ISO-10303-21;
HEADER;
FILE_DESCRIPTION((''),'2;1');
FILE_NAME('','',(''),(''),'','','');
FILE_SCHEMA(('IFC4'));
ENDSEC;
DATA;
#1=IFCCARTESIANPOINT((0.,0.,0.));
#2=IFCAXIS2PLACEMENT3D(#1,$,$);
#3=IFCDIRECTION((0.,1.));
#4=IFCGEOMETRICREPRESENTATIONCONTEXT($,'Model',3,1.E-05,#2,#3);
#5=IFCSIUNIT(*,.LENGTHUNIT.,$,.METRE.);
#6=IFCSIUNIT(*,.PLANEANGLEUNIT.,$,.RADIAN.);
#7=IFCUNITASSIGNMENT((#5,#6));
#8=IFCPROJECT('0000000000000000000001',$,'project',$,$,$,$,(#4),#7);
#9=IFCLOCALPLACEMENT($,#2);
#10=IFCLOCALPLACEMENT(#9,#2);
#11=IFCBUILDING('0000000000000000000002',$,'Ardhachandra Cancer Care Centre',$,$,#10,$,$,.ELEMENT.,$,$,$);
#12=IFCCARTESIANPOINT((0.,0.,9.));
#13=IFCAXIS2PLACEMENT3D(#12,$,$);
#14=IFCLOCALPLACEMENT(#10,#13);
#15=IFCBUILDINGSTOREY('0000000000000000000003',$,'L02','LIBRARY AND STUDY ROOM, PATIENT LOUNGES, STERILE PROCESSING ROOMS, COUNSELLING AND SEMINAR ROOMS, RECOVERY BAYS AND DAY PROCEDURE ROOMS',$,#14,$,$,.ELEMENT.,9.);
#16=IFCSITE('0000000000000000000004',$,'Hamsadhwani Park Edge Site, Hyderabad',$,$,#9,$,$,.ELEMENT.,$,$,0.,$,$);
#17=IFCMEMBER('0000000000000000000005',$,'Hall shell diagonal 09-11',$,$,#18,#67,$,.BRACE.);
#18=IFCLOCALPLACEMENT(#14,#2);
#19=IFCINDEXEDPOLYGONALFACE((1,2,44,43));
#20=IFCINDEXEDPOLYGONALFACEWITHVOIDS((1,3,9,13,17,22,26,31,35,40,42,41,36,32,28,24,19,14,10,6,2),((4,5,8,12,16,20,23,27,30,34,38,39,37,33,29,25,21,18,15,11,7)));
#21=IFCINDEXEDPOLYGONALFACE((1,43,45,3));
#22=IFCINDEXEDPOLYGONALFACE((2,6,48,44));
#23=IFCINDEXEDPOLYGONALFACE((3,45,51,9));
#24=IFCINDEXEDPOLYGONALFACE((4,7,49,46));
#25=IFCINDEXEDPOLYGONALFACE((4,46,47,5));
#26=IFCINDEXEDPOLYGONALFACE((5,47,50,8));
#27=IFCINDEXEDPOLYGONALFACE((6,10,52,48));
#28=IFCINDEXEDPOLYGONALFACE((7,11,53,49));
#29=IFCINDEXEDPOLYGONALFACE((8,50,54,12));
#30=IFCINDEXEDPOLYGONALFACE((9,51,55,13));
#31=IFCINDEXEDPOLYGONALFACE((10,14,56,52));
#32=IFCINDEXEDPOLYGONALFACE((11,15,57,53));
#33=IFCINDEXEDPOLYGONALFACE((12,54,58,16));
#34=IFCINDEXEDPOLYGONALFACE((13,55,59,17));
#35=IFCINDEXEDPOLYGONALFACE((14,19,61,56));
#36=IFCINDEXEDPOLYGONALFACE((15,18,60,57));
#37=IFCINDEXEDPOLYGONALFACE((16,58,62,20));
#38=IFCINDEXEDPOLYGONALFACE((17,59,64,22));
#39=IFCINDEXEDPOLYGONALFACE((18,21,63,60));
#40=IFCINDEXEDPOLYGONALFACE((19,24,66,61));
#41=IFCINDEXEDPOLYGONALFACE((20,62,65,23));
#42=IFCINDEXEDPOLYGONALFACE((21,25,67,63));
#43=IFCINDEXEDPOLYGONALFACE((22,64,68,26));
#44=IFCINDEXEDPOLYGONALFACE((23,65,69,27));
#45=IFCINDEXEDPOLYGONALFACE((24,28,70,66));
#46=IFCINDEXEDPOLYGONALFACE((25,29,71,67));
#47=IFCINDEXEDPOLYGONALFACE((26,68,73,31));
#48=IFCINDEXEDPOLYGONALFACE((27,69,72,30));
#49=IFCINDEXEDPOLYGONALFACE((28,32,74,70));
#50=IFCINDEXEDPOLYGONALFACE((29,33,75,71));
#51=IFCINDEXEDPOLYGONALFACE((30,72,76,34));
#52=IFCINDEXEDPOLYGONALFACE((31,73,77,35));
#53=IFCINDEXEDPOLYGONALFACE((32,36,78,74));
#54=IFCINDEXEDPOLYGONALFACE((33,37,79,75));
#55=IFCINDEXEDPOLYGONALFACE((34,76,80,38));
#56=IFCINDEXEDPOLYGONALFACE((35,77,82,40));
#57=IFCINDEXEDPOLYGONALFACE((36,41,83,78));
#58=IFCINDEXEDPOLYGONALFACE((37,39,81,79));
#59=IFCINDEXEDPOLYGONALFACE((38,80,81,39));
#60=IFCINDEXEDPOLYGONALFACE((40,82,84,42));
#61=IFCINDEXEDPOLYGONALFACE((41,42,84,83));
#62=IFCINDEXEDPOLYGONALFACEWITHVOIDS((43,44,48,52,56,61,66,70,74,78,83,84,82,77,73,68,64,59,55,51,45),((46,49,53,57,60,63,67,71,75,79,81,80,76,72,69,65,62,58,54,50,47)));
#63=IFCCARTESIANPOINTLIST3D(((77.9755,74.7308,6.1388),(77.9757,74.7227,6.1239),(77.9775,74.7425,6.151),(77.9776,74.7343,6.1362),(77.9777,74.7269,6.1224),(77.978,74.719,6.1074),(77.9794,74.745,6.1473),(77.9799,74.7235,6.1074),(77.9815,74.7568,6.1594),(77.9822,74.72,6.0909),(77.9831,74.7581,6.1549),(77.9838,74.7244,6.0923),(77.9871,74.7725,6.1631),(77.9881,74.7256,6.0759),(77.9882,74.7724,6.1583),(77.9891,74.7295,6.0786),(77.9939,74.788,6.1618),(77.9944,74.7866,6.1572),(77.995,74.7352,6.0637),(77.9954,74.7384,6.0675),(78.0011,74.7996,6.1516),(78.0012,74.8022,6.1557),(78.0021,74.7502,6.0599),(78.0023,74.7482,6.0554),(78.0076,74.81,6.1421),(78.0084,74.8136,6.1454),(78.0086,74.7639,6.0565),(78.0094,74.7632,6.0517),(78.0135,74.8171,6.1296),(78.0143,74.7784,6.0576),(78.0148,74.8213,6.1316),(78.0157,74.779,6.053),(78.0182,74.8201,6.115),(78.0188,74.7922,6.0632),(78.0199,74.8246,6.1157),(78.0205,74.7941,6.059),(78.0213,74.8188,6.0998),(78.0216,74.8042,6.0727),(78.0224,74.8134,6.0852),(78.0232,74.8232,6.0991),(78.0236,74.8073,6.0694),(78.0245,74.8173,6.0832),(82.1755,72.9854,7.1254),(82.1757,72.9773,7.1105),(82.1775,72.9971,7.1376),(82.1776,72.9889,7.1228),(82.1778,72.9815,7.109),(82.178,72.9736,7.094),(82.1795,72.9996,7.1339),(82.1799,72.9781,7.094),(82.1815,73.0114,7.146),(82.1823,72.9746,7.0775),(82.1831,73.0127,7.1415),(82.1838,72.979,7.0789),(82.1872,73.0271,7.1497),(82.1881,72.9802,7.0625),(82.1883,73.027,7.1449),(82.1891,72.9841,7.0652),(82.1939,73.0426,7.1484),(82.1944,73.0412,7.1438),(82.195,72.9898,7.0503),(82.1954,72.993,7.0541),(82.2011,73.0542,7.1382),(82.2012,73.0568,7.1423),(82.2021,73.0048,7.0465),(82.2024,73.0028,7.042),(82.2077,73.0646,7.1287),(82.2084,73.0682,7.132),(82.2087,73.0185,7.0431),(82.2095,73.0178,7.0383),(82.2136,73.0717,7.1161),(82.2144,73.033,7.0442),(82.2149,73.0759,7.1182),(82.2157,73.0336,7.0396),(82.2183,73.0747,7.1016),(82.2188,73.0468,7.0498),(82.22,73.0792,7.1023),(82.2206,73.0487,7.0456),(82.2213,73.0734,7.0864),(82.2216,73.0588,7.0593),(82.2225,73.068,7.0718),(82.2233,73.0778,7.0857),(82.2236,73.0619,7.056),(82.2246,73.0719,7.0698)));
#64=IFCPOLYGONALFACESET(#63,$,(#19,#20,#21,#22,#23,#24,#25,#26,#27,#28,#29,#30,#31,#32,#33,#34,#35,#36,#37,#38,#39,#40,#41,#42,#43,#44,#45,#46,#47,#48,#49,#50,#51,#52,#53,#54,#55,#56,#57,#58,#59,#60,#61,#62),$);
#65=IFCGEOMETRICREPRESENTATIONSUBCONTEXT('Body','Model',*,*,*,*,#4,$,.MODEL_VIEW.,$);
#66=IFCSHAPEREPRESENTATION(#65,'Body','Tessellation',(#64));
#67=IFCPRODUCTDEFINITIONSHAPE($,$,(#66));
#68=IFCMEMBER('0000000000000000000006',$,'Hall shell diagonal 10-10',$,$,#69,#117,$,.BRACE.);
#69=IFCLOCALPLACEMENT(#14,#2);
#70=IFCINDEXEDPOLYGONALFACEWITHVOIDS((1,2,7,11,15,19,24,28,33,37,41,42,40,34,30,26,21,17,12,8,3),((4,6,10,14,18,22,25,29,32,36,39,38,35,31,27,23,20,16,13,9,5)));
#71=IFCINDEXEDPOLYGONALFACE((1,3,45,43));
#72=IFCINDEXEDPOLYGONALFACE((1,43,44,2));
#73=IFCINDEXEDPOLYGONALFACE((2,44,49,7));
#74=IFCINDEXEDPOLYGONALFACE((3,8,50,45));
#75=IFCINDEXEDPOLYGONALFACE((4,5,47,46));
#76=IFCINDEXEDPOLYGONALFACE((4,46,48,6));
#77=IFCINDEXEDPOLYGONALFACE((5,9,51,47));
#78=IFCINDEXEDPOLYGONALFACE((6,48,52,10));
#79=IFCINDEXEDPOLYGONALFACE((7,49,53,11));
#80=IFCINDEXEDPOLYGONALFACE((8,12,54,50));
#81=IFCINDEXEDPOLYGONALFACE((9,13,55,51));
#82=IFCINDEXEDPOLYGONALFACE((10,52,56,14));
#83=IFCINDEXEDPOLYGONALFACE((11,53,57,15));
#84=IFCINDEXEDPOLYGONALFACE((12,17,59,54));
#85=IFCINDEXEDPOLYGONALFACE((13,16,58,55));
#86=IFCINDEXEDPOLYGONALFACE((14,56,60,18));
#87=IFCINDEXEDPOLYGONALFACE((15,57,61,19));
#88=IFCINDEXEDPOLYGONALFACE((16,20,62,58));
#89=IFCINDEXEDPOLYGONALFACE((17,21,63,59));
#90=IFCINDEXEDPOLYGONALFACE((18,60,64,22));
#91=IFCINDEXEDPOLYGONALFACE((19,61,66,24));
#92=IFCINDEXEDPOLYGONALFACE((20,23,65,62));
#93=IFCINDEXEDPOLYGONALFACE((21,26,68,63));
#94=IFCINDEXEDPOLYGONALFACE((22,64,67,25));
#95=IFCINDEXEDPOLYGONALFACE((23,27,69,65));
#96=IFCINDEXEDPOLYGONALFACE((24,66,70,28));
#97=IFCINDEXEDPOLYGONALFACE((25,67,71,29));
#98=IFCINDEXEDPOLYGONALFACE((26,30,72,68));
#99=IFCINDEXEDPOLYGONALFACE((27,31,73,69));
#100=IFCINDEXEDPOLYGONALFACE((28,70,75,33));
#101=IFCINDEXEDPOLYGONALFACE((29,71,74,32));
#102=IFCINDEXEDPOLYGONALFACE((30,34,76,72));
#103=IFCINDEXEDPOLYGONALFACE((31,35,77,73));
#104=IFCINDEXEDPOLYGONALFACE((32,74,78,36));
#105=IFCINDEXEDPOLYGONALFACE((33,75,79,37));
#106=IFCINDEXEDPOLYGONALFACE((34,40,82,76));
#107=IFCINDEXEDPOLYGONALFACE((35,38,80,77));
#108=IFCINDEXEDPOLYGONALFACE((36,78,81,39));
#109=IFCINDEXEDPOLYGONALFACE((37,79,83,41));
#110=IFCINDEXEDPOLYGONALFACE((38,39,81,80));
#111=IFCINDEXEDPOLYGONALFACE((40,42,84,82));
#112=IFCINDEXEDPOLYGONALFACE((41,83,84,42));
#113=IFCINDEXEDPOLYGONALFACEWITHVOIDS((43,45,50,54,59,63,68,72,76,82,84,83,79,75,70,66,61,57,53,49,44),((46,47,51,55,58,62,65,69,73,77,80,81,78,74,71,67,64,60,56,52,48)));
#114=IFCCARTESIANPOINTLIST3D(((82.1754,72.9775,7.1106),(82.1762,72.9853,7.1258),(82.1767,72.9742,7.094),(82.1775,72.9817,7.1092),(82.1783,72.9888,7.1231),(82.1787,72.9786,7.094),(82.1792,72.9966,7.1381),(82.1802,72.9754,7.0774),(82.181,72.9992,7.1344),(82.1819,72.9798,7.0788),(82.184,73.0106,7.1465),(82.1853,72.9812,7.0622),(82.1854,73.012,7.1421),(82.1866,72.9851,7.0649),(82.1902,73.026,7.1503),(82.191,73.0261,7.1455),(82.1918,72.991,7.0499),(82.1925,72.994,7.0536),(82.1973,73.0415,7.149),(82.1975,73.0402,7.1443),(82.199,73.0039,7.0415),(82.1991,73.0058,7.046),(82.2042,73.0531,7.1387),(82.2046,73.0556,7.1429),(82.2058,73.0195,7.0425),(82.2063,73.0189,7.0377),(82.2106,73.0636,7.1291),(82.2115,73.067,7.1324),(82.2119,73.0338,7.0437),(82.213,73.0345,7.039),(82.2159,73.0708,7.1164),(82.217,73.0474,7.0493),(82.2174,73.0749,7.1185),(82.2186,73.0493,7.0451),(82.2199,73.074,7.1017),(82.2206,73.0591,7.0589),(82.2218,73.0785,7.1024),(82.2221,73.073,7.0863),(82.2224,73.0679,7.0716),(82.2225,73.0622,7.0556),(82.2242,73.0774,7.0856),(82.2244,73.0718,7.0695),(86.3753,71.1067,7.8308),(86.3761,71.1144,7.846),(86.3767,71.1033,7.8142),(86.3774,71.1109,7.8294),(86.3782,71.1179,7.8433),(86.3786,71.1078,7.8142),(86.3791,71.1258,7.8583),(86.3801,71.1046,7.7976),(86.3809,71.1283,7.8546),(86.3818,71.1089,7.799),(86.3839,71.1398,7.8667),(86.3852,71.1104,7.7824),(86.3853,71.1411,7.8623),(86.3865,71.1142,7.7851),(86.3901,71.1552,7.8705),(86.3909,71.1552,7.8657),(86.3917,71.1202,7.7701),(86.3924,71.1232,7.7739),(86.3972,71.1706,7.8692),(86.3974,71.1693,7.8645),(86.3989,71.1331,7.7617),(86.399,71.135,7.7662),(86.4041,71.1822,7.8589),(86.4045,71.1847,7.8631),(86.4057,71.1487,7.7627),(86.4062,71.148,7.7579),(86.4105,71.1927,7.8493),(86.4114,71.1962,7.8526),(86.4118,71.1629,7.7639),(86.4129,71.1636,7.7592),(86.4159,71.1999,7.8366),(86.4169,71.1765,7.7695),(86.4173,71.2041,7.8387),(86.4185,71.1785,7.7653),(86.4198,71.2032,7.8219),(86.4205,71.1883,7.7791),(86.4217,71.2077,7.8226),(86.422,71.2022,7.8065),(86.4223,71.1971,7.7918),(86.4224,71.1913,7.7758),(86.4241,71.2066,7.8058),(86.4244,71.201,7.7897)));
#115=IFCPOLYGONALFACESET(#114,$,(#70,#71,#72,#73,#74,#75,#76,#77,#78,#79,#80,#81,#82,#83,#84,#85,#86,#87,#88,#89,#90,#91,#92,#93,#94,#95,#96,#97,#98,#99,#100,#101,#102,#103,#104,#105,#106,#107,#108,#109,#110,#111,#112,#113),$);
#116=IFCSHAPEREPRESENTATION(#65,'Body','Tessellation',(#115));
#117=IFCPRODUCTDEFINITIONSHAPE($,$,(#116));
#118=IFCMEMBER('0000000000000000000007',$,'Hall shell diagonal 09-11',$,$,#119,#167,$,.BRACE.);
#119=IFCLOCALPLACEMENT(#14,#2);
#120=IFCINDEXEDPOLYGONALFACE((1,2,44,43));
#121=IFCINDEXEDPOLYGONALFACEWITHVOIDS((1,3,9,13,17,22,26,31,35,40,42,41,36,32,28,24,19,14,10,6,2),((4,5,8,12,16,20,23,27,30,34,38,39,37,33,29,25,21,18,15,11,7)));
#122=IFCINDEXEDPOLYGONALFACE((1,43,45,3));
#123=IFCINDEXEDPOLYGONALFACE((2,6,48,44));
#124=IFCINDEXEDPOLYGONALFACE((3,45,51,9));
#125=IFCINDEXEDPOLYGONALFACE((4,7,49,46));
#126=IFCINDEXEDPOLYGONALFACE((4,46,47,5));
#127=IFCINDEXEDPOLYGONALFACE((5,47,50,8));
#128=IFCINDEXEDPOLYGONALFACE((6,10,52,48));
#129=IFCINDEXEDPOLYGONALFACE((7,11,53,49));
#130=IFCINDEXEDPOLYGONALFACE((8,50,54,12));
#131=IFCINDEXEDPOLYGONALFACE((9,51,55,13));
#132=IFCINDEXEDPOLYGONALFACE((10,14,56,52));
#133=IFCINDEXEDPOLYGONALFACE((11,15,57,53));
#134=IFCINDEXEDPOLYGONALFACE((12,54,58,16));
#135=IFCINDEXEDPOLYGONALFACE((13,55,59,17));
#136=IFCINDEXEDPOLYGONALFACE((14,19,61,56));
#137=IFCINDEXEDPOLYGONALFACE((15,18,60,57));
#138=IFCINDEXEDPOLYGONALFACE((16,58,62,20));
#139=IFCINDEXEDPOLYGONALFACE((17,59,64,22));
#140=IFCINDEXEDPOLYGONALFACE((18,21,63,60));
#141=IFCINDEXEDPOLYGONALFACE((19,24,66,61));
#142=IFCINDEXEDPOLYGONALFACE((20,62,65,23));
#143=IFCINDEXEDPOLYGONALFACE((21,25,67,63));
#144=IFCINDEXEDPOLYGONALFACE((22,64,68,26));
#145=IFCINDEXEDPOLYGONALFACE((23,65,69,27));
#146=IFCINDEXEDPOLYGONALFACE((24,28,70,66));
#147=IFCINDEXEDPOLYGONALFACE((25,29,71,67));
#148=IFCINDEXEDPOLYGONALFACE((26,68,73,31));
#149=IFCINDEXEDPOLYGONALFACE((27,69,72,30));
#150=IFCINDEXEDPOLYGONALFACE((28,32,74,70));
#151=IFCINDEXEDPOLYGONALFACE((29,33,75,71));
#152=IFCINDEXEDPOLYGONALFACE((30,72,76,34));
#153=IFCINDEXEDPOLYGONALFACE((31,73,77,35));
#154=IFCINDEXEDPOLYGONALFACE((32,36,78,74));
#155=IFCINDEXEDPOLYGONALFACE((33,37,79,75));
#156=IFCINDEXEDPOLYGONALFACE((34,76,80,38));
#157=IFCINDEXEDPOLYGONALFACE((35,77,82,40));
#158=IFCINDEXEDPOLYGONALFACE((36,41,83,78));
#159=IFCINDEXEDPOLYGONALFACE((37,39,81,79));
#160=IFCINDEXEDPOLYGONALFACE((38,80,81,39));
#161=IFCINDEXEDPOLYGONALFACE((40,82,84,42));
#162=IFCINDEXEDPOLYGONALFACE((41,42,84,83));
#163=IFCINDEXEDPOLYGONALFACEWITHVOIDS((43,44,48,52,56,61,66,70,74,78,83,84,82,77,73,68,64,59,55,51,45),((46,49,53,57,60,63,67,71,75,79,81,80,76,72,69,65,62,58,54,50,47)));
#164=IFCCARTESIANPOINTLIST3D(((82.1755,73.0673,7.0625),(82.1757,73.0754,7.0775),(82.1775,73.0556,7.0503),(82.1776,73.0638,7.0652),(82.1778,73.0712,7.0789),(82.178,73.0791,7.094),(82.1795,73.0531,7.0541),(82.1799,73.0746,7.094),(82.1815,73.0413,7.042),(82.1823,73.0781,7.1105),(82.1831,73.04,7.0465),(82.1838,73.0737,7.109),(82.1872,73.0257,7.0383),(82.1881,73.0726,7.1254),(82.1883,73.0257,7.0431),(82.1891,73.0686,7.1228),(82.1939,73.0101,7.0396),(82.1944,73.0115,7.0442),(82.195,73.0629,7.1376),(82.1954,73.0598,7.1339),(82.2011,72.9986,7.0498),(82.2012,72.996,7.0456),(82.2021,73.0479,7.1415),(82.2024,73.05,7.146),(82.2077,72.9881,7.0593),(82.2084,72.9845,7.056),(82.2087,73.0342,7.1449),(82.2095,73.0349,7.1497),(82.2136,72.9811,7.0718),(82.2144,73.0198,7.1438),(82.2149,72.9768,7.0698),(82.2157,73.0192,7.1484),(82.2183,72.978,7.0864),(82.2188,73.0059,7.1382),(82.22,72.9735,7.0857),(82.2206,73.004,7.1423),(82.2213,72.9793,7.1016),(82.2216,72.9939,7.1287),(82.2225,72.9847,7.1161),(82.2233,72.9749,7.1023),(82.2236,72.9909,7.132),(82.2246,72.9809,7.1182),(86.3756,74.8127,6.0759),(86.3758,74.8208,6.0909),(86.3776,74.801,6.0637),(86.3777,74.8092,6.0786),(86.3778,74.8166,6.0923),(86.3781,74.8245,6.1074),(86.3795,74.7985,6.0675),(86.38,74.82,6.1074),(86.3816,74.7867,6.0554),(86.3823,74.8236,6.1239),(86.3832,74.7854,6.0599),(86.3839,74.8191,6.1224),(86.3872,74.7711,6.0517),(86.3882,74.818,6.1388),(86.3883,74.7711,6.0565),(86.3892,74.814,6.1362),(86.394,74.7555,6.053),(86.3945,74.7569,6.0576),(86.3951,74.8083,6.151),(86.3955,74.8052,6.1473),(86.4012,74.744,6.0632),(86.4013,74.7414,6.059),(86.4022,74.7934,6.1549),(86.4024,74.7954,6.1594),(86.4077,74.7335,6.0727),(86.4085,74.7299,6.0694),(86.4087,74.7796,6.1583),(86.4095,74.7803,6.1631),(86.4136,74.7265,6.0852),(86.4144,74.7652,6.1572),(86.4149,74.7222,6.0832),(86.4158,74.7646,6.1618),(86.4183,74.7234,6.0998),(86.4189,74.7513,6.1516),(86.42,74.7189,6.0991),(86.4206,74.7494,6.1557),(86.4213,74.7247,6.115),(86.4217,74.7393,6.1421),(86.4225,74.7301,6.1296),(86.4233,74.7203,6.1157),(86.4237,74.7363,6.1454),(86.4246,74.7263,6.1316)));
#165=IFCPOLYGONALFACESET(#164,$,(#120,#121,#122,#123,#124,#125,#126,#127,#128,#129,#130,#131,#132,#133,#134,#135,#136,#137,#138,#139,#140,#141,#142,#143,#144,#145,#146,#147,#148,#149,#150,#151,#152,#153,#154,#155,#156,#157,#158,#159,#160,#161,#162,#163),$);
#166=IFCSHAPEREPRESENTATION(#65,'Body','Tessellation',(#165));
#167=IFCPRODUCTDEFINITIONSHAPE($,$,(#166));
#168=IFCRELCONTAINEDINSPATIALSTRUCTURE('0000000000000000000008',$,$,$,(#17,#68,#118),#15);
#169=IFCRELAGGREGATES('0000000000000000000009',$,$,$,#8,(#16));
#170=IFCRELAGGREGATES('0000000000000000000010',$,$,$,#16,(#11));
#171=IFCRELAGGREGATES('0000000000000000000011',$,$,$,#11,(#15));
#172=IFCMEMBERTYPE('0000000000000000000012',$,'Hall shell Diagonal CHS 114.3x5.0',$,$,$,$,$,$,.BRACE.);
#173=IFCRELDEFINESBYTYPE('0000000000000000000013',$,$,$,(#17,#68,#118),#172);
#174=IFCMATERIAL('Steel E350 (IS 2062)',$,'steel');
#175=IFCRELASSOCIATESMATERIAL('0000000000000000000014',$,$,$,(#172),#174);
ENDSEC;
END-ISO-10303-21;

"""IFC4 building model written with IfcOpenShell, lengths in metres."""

from ifc_helpers import new_model, si_unit, direction, frame, origin, origin_2d, place, context, subcontext, project, spatial, hollow_circle, extrude, material, material_profile, profile_set, type_object, element, save


model = new_model("IFC4")

# Units and contexts
model_context = context("Model", 3, precision=1e-05, world=origin(), true_north=direction((0.0, 1.0)))
body_context = subcontext(model_context, "Body", "Model", "MODEL_VIEW")
ifc_project = project(units=[si_unit("LENGTHUNIT", "METRE"), si_unit("PLANEANGLEUNIT", "RADIAN")], contexts=[model_context])

# Site, building, storey
site_placement = place(None, origin())
site = spatial("IfcSite", under=ifc_project, at=site_placement, Name="Hamsadhwani Park Edge Site, Hyderabad", CompositionType="ELEMENT", RefElevation=0.0)
building_placement = place(site_placement, origin())
building = spatial("IfcBuilding", under=site, at=building_placement, Name="Ardhachandra Cancer Care Centre", CompositionType="ELEMENT")
storey_placement = place(building_placement, frame((0.0, 0.0, 9.0)))
storey = spatial("IfcBuildingStorey", under=building, at=storey_placement, Name="L02", Description="LIBRARY AND STUDY ROOM, PATIENT LOUNGES, STERILE PROCESSING ROOMS, COUNSELLING AND SEMINAR ROOMS, RECOVERY BAYS AND DAY PROCEDURE ROOMS", CompositionType="ELEMENT", Elevation=9.0)

# Members
ifc_material_1 = material(Name="Steel E350 (IS 2062)", Category="steel")
ifc_material_profile_1 = material_profile(ifc_material_1, hollow_circle(Radius=0.0571, WallThickness=0.0049, at=origin_2d()), Name="CHS 114.3x5.0")
ifc_profile_set_1 = profile_set([ifc_material_profile_1], Name="Steel E350 (IS 2062)")
member_type_1 = type_object("IfcMemberType", Name="Hall shell Diagonal CHS 114.3x5.0", PredefinedType="BRACE", material=ifc_profile_set_1)
member_1_placement = place(storey_placement, frame((82.2, 73.0264, 7.094), z_axis=(-0.90245, 0.375028, -0.211986), x_axis=(-0.38375, -0.923437, 0.0)))
element("IfcMember", 1, at=member_1_placement, inside=storey, type_object=member_type_1, Name="Hall shell diagonal 09-11", PredefinedType="BRACE", context=body_context, shape_type="SweptSolid", body=[
    extrude(hollow_circle(Radius=0.0571, WallThickness=0.0049, at=origin_2d()), origin(), (0.0, 0.0, 1.0), 4.6541),
])
member_2_placement = place(storey_placement, frame((86.3999, 71.1555, 7.8142), z_axis=(-0.902467, 0.402, -0.154757), x_axis=(-0.406902, -0.913472, 0.0)))
element("IfcMember", 2, at=member_2_placement, inside=storey, type_object=member_type_1, Name="Hall shell diagonal 10-10", PredefinedType="BRACE", context=body_context, shape_type="SweptSolid", body=[
    extrude(hollow_circle(Radius=0.0571, WallThickness=0.0049, at=origin_2d()), origin(), (0.0, 0.0, 1.0), 4.6538),
])
for number, where, z_axis, x_axis, name in (
    (3, (82.2, 73.0264, 7.094), (0.90245, 0.375028, -0.211986), (-0.38375, 0.923437, 0.0), "Hall shell diagonal 09-11"),
):
    element("IfcMember", number, at=place(storey_placement, frame(where, z_axis=z_axis, x_axis=x_axis)), inside=storey, type_object=member_type_1, Name=name, PredefinedType="BRACE", context=body_context, shape_type="SweptSolid", body=[
        extrude(hollow_circle(Radius=0.0571, WallThickness=0.0049, at=origin_2d()), origin(), (0.0, 0.0, 1.0), 4.6541),
    ])

save(model, "model.ifc")
